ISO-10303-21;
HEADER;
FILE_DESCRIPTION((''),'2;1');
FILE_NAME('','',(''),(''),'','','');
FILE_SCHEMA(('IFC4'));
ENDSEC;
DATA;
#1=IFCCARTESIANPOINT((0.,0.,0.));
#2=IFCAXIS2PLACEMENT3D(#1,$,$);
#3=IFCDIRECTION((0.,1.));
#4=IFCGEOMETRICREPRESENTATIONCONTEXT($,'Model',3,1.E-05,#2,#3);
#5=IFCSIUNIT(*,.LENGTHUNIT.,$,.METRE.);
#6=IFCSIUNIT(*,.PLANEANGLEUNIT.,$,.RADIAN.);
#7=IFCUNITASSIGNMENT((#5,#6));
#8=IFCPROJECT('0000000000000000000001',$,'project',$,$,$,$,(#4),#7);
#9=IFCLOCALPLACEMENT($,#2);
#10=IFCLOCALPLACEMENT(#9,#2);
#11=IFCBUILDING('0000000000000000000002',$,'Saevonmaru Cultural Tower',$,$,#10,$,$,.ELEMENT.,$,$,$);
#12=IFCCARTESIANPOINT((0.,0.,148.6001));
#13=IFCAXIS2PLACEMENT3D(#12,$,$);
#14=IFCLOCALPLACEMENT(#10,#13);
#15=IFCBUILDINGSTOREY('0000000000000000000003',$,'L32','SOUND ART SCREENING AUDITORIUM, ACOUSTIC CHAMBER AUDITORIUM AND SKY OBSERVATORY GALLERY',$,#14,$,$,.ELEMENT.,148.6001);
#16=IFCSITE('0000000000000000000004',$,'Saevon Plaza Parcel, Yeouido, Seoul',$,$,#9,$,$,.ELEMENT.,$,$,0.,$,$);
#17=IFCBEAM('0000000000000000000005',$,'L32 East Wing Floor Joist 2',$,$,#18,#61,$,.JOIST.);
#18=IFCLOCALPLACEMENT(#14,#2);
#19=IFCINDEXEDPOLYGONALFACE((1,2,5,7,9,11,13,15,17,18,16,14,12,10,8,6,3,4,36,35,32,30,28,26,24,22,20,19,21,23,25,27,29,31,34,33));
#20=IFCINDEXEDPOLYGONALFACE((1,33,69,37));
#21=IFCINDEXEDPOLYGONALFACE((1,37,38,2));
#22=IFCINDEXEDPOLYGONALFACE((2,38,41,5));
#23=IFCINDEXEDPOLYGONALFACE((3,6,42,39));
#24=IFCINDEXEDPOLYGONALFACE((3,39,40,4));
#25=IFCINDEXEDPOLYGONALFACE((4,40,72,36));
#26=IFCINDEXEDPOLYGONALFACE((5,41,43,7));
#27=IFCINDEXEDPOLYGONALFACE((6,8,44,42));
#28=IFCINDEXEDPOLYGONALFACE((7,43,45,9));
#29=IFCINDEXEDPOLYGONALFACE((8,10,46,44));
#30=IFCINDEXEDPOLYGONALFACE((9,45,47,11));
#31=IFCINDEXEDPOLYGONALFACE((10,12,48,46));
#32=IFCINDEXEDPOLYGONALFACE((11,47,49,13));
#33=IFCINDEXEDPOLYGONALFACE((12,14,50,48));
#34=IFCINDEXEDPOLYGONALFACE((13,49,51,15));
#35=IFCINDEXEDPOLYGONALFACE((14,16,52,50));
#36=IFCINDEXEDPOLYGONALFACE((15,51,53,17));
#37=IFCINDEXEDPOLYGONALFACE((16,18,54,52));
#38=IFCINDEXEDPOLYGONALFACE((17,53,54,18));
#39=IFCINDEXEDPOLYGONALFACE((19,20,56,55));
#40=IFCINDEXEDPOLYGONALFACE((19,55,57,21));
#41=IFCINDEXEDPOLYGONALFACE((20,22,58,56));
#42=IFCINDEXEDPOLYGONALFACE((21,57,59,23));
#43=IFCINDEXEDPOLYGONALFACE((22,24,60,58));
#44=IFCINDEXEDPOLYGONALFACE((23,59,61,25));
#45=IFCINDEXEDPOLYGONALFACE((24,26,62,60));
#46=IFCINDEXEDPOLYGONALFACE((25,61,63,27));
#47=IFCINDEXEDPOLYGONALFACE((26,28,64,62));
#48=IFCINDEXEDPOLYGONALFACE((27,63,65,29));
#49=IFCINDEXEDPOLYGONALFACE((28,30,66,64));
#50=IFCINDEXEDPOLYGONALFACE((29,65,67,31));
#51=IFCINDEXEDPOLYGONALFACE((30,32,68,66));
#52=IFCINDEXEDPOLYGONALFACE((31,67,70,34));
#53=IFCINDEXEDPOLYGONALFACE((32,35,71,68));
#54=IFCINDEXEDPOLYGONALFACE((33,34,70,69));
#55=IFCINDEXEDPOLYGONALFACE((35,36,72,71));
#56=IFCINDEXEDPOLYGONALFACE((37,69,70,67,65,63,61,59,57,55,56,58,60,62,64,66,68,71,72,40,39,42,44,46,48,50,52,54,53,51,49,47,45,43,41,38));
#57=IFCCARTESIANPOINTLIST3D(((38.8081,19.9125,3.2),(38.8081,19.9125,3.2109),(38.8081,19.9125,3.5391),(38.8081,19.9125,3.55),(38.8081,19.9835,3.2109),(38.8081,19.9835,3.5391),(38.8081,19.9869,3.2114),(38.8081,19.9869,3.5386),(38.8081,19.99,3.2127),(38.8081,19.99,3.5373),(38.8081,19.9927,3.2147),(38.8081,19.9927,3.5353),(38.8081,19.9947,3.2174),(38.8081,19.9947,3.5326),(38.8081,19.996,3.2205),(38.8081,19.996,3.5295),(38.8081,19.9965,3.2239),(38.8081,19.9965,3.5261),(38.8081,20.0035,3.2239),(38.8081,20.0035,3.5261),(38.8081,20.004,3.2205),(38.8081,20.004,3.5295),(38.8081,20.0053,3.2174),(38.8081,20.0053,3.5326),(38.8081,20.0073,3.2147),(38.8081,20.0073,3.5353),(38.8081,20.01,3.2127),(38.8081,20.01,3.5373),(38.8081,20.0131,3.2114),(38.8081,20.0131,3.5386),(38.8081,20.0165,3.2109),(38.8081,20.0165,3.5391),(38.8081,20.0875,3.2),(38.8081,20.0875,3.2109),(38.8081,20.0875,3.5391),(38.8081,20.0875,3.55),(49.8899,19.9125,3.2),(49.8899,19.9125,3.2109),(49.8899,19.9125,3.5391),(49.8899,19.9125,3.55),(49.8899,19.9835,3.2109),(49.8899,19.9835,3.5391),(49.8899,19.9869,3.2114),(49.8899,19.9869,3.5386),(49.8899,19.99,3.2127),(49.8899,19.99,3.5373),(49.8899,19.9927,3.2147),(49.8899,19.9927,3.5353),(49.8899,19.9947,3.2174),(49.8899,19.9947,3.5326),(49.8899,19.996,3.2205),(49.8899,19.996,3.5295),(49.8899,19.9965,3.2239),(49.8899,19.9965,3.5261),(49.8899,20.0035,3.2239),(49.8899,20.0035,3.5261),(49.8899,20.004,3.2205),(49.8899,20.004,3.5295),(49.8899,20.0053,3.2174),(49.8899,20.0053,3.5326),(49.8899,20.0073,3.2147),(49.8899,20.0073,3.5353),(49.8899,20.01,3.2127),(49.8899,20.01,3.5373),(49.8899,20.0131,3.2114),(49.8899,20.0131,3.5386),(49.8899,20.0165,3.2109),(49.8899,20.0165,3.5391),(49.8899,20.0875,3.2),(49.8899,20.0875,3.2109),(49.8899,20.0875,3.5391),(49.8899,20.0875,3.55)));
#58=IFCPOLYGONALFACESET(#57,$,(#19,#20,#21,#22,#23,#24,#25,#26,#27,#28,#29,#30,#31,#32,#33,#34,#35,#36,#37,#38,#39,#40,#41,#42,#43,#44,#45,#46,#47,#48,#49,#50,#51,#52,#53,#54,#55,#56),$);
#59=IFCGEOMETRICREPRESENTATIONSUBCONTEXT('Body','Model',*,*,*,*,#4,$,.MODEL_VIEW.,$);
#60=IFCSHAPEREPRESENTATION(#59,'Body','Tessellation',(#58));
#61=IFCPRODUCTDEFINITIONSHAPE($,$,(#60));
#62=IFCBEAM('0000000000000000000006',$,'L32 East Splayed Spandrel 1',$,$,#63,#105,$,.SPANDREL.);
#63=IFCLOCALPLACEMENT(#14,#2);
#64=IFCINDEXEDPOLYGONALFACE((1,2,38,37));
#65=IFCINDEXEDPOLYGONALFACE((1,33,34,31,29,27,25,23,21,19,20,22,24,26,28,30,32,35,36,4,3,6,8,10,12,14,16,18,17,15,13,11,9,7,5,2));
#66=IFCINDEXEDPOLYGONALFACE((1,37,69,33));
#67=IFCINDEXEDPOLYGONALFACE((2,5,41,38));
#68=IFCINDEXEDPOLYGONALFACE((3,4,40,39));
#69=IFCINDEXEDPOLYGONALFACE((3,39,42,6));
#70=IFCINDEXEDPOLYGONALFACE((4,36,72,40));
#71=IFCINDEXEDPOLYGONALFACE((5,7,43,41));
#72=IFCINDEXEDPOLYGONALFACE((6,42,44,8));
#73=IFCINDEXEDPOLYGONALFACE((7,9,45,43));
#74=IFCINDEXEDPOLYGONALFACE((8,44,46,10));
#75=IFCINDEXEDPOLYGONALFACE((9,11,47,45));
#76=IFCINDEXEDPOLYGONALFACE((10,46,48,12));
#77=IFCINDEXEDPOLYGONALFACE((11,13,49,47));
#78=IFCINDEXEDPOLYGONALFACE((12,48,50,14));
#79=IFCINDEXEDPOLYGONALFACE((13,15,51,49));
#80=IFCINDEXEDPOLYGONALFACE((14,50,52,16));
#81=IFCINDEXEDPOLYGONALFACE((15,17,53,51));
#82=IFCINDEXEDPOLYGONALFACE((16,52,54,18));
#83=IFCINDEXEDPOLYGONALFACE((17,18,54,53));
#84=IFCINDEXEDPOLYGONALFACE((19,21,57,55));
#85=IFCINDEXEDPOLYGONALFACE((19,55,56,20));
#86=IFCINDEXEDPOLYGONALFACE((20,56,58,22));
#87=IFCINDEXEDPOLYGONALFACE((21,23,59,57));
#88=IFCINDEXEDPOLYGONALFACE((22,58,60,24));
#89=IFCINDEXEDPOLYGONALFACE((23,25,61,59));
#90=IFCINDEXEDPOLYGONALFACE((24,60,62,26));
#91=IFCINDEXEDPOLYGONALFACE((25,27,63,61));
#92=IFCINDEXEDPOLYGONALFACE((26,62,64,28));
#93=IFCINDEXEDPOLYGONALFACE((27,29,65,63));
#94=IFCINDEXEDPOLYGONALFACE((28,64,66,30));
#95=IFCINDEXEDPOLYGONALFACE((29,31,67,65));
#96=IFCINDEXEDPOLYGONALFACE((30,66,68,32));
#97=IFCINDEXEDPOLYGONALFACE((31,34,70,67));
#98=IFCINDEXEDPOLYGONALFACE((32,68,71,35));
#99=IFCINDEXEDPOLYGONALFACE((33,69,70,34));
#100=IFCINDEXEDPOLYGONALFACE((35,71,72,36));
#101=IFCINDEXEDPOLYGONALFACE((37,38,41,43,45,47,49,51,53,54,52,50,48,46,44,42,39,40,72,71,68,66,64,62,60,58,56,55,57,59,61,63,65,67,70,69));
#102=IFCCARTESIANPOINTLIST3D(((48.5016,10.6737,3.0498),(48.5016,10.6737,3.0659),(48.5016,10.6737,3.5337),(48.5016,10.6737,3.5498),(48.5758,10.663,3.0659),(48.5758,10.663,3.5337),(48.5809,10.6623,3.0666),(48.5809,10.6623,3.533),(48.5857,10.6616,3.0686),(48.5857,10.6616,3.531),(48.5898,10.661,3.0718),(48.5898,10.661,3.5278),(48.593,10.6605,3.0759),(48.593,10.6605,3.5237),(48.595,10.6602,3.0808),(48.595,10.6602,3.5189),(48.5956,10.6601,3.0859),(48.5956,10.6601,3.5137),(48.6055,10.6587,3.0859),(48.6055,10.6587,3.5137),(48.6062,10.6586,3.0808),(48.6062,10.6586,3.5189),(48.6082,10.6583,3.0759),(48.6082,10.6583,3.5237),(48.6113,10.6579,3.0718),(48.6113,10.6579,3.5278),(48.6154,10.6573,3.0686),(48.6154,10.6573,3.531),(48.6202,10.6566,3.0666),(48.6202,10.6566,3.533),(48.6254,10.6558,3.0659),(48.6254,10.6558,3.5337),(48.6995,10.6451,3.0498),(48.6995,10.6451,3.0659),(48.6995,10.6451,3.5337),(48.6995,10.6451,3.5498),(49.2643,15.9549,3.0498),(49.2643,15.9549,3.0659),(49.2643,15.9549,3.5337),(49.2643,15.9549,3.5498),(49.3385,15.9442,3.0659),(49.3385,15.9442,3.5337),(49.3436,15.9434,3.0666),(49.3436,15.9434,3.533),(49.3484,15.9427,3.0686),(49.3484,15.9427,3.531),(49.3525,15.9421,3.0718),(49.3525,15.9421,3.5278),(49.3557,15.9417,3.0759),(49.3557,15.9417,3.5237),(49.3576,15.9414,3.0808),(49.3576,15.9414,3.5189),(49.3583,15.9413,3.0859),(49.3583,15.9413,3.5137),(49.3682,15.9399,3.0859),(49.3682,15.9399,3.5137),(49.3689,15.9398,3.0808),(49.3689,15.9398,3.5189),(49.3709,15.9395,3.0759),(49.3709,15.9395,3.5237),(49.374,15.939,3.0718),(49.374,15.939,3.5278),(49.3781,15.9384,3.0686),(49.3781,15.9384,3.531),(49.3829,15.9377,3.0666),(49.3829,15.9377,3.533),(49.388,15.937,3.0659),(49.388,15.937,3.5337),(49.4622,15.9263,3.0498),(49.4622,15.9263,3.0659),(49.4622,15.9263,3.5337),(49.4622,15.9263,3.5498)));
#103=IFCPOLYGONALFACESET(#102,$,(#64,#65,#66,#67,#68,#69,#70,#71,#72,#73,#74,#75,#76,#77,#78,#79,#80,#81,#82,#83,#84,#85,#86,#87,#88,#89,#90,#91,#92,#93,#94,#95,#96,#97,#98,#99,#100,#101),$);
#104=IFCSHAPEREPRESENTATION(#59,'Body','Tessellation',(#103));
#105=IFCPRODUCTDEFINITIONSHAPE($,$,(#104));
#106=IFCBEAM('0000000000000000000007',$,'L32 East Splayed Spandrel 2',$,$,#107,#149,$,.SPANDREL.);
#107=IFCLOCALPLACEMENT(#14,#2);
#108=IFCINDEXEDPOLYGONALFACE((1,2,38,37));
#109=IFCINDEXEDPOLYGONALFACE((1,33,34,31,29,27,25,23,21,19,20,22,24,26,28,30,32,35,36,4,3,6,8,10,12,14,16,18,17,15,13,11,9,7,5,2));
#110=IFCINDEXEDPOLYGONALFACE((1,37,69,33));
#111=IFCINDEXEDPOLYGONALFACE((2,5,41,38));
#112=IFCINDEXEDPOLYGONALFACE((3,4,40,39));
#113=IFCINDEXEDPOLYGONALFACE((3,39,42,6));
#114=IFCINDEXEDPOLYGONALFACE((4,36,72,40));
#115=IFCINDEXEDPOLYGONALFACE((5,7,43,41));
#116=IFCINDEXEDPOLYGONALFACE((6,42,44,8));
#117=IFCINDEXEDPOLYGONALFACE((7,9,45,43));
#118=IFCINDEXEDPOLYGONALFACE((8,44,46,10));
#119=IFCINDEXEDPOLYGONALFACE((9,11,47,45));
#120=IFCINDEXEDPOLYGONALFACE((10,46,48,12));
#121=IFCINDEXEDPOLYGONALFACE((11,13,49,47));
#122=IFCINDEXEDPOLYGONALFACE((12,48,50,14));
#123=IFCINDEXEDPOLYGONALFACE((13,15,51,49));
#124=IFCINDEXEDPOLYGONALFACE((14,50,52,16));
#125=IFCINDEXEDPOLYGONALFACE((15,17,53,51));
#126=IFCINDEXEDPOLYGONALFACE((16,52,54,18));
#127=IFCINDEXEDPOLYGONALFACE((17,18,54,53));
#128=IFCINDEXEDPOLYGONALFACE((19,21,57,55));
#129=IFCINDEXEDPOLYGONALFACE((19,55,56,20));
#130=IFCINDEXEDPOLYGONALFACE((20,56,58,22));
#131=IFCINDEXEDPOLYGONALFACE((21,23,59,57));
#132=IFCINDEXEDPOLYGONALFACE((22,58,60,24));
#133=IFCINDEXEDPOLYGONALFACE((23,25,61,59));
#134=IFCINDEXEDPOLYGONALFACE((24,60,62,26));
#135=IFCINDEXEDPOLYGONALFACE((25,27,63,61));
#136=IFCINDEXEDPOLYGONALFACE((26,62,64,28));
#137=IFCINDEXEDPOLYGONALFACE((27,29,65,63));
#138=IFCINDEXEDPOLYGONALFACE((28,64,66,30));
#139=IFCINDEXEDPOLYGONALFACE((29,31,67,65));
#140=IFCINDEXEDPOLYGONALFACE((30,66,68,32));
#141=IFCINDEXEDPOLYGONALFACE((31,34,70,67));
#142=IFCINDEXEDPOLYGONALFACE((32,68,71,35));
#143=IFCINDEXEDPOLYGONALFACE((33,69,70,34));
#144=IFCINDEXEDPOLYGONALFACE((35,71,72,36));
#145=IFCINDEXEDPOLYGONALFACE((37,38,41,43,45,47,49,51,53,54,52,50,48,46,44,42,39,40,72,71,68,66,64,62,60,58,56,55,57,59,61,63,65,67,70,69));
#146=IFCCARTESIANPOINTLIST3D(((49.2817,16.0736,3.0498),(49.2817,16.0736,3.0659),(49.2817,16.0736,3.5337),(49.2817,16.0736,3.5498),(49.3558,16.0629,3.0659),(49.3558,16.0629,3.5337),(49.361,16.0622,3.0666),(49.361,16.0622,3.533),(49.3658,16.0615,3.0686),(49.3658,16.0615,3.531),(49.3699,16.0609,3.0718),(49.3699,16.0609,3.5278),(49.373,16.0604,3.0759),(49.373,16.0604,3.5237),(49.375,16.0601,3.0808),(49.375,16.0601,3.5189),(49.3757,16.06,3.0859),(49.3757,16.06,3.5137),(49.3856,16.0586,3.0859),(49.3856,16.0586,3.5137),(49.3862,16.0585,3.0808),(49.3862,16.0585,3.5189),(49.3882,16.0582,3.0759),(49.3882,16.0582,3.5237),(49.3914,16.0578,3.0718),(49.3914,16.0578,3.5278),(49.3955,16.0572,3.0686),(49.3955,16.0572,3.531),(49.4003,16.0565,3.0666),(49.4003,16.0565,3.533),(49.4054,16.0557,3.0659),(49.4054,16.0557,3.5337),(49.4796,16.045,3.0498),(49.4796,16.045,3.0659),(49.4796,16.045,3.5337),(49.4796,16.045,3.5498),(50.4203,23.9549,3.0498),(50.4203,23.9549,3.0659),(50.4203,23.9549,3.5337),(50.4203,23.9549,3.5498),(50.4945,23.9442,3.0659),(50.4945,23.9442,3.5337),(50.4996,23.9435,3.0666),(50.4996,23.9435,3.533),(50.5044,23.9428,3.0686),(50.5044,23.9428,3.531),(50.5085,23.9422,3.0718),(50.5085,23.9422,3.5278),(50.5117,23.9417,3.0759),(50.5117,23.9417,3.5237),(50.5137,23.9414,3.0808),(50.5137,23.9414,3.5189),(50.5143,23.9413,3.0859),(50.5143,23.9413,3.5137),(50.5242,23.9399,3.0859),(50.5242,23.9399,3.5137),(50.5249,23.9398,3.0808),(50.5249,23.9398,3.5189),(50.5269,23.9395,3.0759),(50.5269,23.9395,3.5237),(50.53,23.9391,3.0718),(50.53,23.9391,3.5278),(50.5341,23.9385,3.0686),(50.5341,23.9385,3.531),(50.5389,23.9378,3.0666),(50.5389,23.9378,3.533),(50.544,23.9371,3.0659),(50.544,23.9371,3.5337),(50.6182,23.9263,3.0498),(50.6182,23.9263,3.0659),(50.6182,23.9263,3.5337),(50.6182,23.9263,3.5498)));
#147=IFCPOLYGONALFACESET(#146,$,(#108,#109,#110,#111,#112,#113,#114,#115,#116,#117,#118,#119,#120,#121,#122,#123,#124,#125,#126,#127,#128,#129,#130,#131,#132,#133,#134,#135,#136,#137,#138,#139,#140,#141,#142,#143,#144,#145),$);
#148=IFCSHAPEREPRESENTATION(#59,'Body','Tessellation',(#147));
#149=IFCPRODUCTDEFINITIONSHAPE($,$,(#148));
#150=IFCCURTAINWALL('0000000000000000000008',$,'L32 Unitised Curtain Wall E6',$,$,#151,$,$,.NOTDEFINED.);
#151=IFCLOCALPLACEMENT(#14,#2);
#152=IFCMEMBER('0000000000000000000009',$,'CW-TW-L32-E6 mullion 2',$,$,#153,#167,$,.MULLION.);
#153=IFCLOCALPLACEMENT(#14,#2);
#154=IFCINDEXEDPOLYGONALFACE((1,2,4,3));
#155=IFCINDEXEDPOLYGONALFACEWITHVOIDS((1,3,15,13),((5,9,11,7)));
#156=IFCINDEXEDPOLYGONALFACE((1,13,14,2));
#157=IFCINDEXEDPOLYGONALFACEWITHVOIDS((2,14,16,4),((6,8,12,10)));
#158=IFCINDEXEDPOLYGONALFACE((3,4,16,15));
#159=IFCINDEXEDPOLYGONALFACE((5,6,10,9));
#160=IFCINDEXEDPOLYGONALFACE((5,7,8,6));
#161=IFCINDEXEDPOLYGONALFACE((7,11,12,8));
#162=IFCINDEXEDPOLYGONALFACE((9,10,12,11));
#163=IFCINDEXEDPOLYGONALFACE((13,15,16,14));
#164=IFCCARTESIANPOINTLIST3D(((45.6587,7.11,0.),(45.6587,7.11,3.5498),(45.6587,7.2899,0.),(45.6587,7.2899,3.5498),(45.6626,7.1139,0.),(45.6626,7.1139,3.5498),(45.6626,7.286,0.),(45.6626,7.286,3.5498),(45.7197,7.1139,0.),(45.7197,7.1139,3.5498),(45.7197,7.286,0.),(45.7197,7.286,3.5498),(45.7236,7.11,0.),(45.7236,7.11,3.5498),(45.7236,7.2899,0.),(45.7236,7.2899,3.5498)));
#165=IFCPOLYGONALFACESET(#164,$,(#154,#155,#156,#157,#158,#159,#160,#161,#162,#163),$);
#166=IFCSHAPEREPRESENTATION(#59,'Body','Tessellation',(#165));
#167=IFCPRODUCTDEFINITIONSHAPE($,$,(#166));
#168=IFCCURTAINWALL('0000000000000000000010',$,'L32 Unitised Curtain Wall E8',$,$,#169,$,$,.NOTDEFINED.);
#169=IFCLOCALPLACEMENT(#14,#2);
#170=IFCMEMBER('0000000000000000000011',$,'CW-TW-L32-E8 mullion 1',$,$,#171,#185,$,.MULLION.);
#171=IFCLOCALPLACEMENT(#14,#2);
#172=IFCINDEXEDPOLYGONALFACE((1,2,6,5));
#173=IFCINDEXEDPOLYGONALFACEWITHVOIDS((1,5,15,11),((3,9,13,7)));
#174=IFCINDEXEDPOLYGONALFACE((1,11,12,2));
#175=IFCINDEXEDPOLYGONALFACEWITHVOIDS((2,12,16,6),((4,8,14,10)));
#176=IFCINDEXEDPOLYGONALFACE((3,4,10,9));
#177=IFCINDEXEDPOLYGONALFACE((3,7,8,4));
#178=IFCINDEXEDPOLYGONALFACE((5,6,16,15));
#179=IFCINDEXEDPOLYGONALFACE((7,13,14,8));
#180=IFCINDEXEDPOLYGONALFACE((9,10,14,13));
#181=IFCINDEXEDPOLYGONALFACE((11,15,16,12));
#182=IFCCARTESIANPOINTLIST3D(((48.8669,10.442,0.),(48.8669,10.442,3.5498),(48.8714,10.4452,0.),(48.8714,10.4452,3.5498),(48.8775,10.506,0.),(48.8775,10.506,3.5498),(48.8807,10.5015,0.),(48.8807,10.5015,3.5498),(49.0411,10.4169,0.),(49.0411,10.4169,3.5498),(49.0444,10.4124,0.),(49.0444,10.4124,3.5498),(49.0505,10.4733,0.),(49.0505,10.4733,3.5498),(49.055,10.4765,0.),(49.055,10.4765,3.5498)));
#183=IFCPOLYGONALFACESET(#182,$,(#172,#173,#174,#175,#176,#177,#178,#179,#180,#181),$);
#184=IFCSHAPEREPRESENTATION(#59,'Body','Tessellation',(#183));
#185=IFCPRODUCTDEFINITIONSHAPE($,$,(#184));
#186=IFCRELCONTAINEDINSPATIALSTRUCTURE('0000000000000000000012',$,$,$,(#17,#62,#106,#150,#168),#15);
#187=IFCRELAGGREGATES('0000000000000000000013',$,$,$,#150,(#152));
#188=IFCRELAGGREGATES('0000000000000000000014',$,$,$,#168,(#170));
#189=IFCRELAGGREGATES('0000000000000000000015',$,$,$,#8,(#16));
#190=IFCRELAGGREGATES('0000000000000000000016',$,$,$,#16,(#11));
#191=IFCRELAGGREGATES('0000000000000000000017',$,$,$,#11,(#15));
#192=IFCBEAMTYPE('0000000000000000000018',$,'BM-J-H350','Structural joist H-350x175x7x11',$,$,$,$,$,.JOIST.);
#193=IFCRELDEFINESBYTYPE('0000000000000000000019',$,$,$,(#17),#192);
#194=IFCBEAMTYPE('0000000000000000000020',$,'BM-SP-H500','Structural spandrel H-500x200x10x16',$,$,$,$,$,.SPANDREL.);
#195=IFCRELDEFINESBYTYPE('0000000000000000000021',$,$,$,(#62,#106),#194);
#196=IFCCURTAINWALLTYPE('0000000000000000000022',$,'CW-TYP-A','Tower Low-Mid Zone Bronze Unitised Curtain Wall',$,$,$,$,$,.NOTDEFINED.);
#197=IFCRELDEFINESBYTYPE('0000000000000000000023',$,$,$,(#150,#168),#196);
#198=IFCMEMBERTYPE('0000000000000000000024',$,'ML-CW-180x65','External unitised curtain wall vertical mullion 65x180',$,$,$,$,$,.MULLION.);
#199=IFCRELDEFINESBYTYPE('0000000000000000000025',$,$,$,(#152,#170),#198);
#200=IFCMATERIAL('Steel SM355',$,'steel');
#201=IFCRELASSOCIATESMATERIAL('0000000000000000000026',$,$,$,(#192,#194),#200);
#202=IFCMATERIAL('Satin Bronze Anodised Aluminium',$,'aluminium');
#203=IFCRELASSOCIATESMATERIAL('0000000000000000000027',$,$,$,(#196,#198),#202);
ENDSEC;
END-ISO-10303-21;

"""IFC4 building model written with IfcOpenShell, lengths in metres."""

from ifc_helpers import new_model, si_unit, direction, frame, origin, origin_2d, place, context, subcontext, project, spatial, hollow_rectangle, i_section, extrude, material, material_profile, profile_set, type_object, element, aggregate, save


model = new_model("IFC4")

# Units and contexts
model_context = context("Model", 3, precision=1e-05, world=origin(), true_north=direction((0.0, 1.0)))
body_context = subcontext(model_context, "Body", "Model", "MODEL_VIEW")
ifc_project = project(units=[si_unit("LENGTHUNIT", "METRE"), si_unit("PLANEANGLEUNIT", "RADIAN")], contexts=[model_context])

# Site, building, storey
site_placement = place(None, origin())
site = spatial("IfcSite", under=ifc_project, at=site_placement, Name="Saevon Plaza Parcel, Yeouido, Seoul", CompositionType="ELEMENT", RefElevation=0.0)
building_placement = place(site_placement, origin())
building = spatial("IfcBuilding", under=site, at=building_placement, Name="Saevonmaru Cultural Tower", CompositionType="ELEMENT")
storey_placement = place(building_placement, frame((0.0, 0.0, 148.6001)))
storey = spatial("IfcBuildingStorey", under=building, at=storey_placement, Name="L32", Description="SOUND ART SCREENING AUDITORIUM, ACOUSTIC CHAMBER AUDITORIUM AND SKY OBSERVATORY GALLERY", CompositionType="ELEMENT", Elevation=148.6001)

# Shared definitions
ifc_material_1 = material(Name="Steel SM355", Category="steel")

# Beams
ifc_material_profile_1 = material_profile(ifc_material_1, i_section(OverallWidth=0.175, OverallDepth=0.3501, WebThickness=0.0071, FlangeThickness=0.011, FilletRadius=0.0129, at=origin_2d()), Name="H-350x175x7x11")
ifc_profile_set_1 = profile_set([ifc_material_profile_1], Name="Steel SM355")
beam_type_1 = type_object("IfcBeamType", Name="BM-J-H350", Description="Structural joist H-350x175x7x11", PredefinedType="JOIST", material=ifc_profile_set_1)
beam_1_placement = place(storey_placement, frame((38.8081, 20.0, 3.375), z_axis=(1.0, 0.0, 0.0), x_axis=(0.0, 1.0, 0.0)))
element("IfcBeam", 1, at=beam_1_placement, inside=storey, type_object=beam_type_1, Name="L32 East Wing Floor Joist 2", PredefinedType="JOIST", context=body_context, shape_type="SweptSolid", body=[
    extrude(i_section(OverallWidth=0.175, OverallDepth=0.3501, WebThickness=0.0071, FlangeThickness=0.011, FilletRadius=0.0129, at=origin_2d()), origin(), (0.0, 0.0, 1.0), 11.0818),
])
ifc_material_profile_2 = material_profile(ifc_material_1, i_section(OverallWidth=0.2, OverallDepth=0.5, WebThickness=0.01, FlangeThickness=0.0161, FilletRadius=0.02, at=origin_2d()), Name="H-500x200x10x16")
ifc_profile_set_2 = profile_set([ifc_material_profile_2], Name="Steel SM355")
beam_type_2 = type_object("IfcBeamType", Name="BM-SP-H500", Description="Structural spandrel H-500x200x10x16", PredefinedType="SPANDREL", material=ifc_profile_set_2)
beam_2_placement = place(storey_placement, frame((48.6006, 10.6594, 3.2998), z_axis=(0.142933, 0.989732, 0.0), x_axis=(-0.989732, 0.142933, 0.0)))
element("IfcBeam", 2, at=beam_2_placement, inside=storey, type_object=beam_type_2, Name="L32 East Splayed Spandrel 1", PredefinedType="SPANDREL", context=body_context, shape_type="SweptSolid", body=[
    extrude(i_section(OverallWidth=0.2, OverallDepth=0.5, WebThickness=0.01, FlangeThickness=0.0161, FilletRadius=0.02, at=origin_2d()), origin(), (0.0, 0.0, 1.0), 5.3359),
])
beam_3_placement = place(storey_placement, frame((49.3806, 16.0593, 3.2998), z_axis=(0.142992, 0.989724, 0.0), x_axis=(-0.989724, 0.142992, 0.0)))
element("IfcBeam", 3, at=beam_3_placement, inside=storey, type_object=beam_type_2, Name="L32 East Splayed Spandrel 2", PredefinedType="SPANDREL", context=body_context, shape_type="SweptSolid", body=[
    extrude(i_section(OverallWidth=0.2, OverallDepth=0.5, WebThickness=0.01, FlangeThickness=0.0161, FilletRadius=0.02, at=origin_2d()), origin(), (0.0, 0.0, 1.0), 7.9631),
])

# Curtain wall, member
ifc_material_2 = material(Name="Satin Bronze Anodised Aluminium", Category="aluminium")
curtain_wall_type = type_object("IfcCurtainWallType", Name="CW-TYP-A", Description="Tower Low-Mid Zone Bronze Unitised Curtain Wall", PredefinedType="NOTDEFINED", material=ifc_material_2)
curtain_wall_1_placement = place(storey_placement, origin())
curtain_wall_1 = element("IfcCurtainWall", 4, at=curtain_wall_1_placement, inside=storey, type_object=curtain_wall_type, Name="L32 Unitised Curtain Wall E6", PredefinedType="NOTDEFINED")
ifc_material_profile_3 = material_profile(ifc_material_2, hollow_rectangle(XDim=0.0649, YDim=0.1799, WallThickness=0.0039, at=origin_2d()), Name="ALU-MULL-180x65x4")
ifc_profile_set_3 = profile_set([ifc_material_profile_3], Name="Satin Bronze Anodised Aluminium")
member_type_1 = type_object("IfcMemberType", Name="ML-CW-180x65", Description="External unitised curtain wall vertical mullion 65x180", PredefinedType="MULLION", material=ifc_profile_set_3)
member_1_placement = place(storey_placement, frame((45.6912, 7.2, 0.0), z_axis=(0.0, 0.0, 1.0), x_axis=(1.0, 0.0, 0.0)))
member_1 = element("IfcMember", 5, at=member_1_placement, type_object=member_type_1, Name="CW-TW-L32-E6 mullion 2", PredefinedType="MULLION", context=body_context, shape_type="SweptSolid", body=[
    extrude(hollow_rectangle(XDim=0.0649, YDim=0.1799, WallThickness=0.0039, at=origin_2d()), origin(), (0.0, 0.0, 1.0), 3.5498),
])

# Curtain wall, member
curtain_wall_2_placement = place(storey_placement, origin())
curtain_wall_2 = element("IfcCurtainWall", 6, at=curtain_wall_2_placement, inside=storey, type_object=curtain_wall_type, Name="L32 Unitised Curtain Wall E8", PredefinedType="NOTDEFINED")
member_2_placement = place(storey_placement, frame((48.9609, 10.4592, 0.0), z_axis=(0.0, 0.0, 1.0), x_axis=(0.163999, 0.986461, 0.0)))
member_2 = element("IfcMember", 7, at=member_2_placement, type_object=member_type_1, Name="CW-TW-L32-E8 mullion 1", PredefinedType="MULLION", context=body_context, shape_type="SweptSolid", body=[
    extrude(hollow_rectangle(XDim=0.0649, YDim=0.1799, WallThickness=0.0039, at=origin_2d()), origin(), (0.0, 0.0, 1.0), 3.5498),
])

aggregate(curtain_wall_1, [member_1])
aggregate(curtain_wall_2, [member_2])

save(model, "model.ifc")
